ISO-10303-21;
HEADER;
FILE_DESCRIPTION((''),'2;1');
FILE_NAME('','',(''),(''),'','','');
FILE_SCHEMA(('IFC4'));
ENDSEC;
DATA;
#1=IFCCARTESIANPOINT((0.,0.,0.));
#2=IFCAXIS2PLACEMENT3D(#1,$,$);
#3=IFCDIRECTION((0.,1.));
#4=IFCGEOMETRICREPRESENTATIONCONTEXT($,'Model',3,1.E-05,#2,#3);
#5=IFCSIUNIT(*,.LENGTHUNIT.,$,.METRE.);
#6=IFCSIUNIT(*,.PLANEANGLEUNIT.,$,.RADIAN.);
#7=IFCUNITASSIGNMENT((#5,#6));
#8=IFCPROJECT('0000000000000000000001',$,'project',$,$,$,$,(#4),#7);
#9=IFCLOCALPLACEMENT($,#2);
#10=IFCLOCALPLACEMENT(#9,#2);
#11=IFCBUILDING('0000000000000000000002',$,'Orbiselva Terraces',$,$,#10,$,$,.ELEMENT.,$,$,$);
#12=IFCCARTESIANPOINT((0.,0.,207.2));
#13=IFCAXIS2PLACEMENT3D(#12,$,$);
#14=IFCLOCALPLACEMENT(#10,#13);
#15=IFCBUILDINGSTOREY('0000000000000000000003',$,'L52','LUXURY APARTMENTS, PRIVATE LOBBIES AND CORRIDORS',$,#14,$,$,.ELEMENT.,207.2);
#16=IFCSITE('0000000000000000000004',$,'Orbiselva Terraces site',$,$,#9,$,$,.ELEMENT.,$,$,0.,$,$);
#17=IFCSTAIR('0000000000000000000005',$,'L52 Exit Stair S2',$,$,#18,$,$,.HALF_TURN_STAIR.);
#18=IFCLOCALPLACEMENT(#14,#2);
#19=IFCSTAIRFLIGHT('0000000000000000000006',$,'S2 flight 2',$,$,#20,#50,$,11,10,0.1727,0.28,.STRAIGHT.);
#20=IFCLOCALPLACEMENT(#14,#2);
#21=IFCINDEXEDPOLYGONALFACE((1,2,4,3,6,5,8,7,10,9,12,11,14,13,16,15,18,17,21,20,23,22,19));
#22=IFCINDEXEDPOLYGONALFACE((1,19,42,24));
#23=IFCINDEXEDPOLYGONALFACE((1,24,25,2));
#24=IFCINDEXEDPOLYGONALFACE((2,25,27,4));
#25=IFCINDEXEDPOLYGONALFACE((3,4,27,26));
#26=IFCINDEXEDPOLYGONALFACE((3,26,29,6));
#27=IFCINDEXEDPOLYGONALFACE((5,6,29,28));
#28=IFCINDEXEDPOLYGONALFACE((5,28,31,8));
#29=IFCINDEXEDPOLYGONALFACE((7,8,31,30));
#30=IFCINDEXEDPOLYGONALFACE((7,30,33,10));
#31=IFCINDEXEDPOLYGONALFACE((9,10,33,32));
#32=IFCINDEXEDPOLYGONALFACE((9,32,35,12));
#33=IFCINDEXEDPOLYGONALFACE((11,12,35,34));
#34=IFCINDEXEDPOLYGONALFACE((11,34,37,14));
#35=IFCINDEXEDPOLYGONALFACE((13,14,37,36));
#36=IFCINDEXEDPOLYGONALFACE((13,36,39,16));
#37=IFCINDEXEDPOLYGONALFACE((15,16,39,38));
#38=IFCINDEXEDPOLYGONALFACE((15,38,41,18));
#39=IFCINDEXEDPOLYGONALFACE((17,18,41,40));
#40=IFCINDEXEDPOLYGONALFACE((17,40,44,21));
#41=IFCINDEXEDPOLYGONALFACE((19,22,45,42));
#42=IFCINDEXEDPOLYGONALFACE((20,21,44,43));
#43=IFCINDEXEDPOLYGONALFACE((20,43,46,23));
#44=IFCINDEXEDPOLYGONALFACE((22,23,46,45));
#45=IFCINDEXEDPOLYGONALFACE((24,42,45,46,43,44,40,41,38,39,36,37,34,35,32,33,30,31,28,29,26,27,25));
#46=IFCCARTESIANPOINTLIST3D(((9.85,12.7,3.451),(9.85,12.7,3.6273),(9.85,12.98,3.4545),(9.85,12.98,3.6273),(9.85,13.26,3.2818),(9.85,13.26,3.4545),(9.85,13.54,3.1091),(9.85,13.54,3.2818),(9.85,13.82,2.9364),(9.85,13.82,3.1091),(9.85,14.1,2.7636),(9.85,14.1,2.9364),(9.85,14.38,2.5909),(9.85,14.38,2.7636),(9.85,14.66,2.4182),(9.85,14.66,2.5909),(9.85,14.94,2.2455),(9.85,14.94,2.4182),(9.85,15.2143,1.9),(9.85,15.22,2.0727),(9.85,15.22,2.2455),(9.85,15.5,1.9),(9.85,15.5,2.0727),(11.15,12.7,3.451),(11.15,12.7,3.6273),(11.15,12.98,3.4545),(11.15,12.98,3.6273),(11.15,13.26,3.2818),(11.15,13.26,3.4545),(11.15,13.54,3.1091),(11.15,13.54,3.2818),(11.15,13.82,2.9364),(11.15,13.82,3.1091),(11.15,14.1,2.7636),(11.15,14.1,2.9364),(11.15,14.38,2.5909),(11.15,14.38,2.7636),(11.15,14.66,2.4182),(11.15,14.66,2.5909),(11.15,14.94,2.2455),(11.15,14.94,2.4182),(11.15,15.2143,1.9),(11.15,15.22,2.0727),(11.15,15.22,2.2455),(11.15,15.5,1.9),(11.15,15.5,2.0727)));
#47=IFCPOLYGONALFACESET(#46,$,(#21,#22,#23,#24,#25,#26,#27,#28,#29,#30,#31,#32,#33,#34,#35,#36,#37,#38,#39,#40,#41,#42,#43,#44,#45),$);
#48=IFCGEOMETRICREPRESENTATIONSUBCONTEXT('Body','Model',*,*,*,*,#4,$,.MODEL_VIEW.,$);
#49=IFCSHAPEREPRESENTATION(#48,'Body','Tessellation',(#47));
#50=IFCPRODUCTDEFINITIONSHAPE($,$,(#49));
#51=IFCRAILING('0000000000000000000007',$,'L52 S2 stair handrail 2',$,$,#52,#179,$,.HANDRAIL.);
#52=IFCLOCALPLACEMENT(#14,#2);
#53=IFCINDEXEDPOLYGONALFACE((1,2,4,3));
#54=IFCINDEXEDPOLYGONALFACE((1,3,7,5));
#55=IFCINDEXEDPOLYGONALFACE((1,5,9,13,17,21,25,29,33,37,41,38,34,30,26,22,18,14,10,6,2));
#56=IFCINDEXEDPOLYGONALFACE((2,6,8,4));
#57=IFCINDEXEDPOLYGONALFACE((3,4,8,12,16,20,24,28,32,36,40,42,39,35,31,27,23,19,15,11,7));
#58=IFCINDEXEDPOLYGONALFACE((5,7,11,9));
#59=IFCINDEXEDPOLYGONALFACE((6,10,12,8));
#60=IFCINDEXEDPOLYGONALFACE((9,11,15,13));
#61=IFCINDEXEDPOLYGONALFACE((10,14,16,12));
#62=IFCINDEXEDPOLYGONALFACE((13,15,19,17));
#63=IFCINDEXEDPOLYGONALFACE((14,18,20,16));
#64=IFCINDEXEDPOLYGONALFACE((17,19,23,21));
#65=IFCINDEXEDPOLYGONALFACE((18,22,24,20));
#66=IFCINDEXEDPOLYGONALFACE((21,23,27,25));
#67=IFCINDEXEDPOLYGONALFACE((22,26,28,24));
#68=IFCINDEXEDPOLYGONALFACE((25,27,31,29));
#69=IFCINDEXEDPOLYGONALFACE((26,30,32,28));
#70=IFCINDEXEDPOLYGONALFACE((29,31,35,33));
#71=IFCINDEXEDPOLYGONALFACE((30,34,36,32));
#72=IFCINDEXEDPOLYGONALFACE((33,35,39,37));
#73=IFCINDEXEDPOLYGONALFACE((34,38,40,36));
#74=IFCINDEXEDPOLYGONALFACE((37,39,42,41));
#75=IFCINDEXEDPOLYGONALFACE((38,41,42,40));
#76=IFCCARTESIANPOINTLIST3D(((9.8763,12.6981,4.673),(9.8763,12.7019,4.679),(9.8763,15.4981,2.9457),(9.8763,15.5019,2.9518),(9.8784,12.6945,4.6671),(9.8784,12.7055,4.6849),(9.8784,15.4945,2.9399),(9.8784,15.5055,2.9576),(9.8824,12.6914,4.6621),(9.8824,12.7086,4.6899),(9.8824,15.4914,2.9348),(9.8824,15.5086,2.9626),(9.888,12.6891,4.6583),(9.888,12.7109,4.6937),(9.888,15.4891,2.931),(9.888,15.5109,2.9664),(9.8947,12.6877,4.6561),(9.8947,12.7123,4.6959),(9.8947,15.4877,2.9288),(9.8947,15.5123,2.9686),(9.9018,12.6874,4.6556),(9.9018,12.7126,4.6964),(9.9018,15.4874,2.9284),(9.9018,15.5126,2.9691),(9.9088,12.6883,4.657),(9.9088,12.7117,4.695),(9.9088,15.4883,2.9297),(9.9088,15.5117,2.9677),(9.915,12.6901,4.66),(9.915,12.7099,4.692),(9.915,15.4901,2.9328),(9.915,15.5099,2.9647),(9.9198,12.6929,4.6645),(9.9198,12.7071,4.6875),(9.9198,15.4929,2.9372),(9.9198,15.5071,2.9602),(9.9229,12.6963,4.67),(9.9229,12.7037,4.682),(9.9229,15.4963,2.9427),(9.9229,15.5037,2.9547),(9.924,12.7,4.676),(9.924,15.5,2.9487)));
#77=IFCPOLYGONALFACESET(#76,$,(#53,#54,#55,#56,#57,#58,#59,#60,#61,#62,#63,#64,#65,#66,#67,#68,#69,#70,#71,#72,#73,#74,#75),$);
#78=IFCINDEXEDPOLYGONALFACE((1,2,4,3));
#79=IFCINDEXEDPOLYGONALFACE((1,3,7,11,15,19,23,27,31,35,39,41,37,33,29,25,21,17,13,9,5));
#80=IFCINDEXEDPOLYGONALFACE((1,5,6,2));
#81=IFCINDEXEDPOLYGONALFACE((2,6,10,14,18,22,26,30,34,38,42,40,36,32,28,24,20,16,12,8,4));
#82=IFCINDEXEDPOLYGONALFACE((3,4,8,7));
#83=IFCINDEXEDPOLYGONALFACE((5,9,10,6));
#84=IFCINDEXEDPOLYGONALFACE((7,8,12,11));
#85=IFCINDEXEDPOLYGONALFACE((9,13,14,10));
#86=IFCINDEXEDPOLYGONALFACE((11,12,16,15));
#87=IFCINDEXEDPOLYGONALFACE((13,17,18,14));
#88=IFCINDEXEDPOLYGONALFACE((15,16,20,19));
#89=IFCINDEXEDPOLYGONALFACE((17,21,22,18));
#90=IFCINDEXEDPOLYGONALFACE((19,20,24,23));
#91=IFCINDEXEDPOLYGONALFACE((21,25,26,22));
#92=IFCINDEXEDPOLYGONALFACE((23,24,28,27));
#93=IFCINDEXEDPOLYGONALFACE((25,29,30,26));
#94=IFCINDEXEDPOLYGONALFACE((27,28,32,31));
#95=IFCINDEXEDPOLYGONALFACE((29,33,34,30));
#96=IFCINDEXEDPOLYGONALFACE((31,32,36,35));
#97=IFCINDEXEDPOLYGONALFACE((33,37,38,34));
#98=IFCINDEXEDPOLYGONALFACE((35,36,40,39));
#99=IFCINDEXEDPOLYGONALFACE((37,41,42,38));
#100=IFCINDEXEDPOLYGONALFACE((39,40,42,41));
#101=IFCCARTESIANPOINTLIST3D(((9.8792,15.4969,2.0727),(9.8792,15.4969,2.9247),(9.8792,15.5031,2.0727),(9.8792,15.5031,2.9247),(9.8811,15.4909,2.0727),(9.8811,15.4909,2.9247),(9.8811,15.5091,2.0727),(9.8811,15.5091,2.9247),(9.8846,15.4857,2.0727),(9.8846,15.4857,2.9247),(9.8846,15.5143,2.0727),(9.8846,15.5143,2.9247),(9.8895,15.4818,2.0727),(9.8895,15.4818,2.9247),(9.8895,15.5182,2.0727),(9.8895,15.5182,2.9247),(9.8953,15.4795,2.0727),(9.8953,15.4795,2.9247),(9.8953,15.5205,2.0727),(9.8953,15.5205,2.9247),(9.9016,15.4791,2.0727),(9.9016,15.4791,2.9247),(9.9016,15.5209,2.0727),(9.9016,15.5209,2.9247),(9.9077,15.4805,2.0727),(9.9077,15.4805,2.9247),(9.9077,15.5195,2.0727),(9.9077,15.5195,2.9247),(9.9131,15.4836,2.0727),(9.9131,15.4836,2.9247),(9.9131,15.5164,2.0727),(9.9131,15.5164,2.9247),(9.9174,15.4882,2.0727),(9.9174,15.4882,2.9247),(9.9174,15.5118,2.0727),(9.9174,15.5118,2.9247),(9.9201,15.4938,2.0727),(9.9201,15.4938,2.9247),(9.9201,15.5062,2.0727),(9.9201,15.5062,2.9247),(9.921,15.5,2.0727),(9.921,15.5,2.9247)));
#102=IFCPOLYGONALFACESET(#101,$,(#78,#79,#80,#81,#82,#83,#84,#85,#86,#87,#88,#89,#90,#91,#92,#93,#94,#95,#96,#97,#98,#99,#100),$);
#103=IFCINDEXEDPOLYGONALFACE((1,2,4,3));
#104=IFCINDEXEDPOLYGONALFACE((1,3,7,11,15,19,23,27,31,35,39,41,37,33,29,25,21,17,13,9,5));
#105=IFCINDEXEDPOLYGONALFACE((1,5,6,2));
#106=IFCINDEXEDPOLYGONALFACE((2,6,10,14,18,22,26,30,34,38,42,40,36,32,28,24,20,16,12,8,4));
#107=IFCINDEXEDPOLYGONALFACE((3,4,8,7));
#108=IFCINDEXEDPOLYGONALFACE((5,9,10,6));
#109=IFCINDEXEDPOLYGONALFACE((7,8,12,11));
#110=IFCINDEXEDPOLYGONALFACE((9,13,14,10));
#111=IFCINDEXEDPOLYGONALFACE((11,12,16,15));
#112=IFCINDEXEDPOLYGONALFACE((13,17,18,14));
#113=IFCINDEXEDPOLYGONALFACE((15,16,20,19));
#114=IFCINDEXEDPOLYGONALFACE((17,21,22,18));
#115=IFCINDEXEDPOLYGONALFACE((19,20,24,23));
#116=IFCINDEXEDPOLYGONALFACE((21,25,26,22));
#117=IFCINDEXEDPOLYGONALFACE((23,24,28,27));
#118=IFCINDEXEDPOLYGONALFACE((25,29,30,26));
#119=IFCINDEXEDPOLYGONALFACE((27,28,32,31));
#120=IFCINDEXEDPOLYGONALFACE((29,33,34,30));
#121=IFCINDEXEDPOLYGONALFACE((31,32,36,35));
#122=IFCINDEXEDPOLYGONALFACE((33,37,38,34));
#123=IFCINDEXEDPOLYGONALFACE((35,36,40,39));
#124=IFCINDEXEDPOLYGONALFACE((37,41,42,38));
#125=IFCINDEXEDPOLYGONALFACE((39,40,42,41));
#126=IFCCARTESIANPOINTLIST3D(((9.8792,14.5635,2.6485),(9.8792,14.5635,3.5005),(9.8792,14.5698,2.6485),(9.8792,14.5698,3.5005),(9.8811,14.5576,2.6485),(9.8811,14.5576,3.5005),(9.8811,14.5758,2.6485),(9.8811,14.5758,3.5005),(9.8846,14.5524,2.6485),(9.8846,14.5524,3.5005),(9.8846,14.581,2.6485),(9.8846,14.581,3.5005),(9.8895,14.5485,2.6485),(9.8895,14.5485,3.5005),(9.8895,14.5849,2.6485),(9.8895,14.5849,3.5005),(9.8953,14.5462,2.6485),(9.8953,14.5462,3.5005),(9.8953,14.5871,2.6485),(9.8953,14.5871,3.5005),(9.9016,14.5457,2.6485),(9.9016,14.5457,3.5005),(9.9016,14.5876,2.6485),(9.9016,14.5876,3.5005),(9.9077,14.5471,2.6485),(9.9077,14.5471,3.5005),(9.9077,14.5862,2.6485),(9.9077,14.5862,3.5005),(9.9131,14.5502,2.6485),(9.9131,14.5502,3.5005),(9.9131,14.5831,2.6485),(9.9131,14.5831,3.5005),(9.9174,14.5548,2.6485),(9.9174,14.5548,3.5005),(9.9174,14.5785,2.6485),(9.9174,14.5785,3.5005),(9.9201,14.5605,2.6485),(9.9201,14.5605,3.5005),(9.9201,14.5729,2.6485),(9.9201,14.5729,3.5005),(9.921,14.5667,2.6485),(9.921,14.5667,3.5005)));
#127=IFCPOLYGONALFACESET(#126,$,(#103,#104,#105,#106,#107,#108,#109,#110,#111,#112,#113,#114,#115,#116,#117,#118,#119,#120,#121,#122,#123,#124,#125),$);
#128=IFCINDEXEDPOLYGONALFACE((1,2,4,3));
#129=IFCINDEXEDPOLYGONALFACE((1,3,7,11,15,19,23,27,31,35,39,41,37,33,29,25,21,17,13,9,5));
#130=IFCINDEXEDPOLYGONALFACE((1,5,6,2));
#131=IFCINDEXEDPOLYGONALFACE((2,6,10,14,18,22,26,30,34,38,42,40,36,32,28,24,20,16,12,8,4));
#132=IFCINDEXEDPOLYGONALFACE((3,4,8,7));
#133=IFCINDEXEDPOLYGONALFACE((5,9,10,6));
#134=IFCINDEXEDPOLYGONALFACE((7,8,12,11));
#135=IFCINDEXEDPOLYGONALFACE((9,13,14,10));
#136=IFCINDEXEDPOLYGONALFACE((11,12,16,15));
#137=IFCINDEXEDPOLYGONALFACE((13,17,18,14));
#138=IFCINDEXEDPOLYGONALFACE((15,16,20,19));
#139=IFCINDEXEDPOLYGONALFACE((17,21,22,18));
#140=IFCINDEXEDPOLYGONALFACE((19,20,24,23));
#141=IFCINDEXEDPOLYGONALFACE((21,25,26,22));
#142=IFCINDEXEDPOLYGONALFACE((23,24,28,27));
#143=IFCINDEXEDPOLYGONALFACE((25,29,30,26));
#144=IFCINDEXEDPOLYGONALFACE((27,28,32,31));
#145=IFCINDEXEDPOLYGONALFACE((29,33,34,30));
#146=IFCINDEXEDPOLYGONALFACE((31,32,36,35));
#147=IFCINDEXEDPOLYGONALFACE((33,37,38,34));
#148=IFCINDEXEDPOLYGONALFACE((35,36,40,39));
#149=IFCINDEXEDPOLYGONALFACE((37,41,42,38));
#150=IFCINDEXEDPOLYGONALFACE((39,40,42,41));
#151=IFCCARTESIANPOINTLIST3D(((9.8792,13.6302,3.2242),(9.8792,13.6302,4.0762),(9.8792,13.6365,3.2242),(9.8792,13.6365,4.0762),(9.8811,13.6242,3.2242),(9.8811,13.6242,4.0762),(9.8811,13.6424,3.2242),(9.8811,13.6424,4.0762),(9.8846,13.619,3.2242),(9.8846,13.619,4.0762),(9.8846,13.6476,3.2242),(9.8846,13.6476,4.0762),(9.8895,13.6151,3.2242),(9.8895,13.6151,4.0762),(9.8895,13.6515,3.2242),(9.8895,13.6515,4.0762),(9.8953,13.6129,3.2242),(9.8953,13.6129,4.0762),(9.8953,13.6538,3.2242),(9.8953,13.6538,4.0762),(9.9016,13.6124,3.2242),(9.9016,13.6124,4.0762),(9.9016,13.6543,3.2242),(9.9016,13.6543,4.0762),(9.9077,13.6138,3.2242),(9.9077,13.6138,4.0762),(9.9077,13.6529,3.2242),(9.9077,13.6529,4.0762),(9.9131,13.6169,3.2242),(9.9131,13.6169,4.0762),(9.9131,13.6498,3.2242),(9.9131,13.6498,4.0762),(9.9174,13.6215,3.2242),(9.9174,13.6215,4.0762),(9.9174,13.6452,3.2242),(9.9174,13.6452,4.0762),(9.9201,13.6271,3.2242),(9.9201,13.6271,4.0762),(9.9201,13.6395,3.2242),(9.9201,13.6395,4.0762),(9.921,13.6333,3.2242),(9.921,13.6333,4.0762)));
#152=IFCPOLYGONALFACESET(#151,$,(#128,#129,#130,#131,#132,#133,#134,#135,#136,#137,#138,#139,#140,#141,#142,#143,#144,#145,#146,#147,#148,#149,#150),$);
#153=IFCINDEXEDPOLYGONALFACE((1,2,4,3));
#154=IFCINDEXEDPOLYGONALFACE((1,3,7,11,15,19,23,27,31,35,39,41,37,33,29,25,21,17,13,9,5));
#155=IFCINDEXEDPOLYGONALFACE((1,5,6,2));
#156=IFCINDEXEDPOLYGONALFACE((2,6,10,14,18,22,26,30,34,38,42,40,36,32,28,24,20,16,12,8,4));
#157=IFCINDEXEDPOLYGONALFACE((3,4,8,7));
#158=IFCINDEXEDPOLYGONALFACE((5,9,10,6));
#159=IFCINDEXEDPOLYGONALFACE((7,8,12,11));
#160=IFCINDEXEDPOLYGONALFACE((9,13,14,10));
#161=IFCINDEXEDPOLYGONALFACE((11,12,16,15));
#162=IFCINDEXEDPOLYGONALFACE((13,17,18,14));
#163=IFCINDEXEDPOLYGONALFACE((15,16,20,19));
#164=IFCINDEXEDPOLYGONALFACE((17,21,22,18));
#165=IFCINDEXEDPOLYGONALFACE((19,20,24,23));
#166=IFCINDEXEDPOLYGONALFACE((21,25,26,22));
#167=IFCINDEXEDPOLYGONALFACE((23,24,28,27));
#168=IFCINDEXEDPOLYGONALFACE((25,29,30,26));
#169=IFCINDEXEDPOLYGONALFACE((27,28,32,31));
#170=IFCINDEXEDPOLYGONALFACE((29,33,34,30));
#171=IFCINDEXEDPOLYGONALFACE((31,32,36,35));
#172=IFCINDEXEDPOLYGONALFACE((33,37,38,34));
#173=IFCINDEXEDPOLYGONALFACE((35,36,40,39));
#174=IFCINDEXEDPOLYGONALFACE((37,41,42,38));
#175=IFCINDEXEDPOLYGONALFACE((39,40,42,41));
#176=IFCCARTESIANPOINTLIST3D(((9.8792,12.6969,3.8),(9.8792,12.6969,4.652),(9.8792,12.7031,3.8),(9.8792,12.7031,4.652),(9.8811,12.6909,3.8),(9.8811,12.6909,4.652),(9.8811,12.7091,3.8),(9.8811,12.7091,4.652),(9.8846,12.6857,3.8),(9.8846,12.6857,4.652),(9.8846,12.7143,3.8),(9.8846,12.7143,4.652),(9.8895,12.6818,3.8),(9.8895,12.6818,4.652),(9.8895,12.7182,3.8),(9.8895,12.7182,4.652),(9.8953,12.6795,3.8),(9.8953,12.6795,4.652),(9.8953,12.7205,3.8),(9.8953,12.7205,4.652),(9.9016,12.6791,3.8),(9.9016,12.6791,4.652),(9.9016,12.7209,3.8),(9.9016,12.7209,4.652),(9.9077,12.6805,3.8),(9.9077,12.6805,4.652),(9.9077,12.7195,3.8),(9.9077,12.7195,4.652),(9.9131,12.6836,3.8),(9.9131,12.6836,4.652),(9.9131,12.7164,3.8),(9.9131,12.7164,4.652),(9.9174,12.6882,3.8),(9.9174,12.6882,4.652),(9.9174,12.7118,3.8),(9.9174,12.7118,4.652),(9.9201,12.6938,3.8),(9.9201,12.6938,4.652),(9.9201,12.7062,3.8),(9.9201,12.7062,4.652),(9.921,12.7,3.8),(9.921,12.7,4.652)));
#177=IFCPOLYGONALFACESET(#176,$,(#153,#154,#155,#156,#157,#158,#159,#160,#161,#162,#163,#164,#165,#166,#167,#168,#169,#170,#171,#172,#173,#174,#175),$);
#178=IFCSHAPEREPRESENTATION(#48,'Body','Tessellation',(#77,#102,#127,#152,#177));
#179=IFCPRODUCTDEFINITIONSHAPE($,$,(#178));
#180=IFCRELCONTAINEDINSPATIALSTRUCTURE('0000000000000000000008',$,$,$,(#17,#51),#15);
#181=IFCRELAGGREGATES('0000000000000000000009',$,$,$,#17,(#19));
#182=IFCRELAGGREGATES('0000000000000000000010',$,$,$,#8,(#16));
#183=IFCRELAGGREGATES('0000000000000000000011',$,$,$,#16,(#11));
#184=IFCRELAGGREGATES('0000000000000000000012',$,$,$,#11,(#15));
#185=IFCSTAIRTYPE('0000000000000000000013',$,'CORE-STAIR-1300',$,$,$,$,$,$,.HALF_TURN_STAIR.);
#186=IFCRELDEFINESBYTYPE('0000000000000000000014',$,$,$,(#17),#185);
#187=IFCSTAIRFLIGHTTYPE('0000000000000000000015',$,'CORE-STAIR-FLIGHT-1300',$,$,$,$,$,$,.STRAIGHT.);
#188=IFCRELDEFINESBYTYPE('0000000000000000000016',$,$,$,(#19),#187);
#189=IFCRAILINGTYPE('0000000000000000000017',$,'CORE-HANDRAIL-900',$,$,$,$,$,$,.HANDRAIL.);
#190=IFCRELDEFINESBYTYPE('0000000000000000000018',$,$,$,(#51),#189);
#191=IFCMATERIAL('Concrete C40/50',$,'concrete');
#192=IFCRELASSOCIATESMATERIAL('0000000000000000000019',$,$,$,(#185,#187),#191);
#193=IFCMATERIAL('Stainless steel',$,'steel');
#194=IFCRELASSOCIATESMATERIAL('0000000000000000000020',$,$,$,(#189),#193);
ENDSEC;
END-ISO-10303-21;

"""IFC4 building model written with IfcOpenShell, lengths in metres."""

from ifc_helpers import new_model, si_unit, direction, frame, origin, origin_2d, place, context, subcontext, project, spatial, polyline, circle, outline, extrude, material, type_object, element, aggregate, save


model = new_model("IFC4")

# Units and contexts
model_context = context("Model", 3, precision=1e-05, world=origin(), true_north=direction((0.0, 1.0)))
body_context = subcontext(model_context, "Body", "Model", "MODEL_VIEW")
ifc_project = project(units=[si_unit("LENGTHUNIT", "METRE"), si_unit("PLANEANGLEUNIT", "RADIAN")], contexts=[model_context])

# Site, building, storey
site_placement = place(None, origin())
site = spatial("IfcSite", under=ifc_project, at=site_placement, Name="Orbiselva Terraces site", CompositionType="ELEMENT", RefElevation=0.0)
building_placement = place(site_placement, origin())
building = spatial("IfcBuilding", under=site, at=building_placement, Name="Orbiselva Terraces", CompositionType="ELEMENT")
storey_placement = place(building_placement, frame((0.0, 0.0, 207.2)))
storey = spatial("IfcBuildingStorey", under=building, at=storey_placement, Name="L52", Description="LUXURY APARTMENTS, PRIVATE LOBBIES AND CORRIDORS", CompositionType="ELEMENT", Elevation=207.2)

# Shared definitions
ifc_material_1 = material(Name="Concrete C40/50", Category="concrete")

# Stair, stair flight
stair_type = type_object("IfcStairType", Name="CORE-STAIR-1300", PredefinedType="HALF_TURN_STAIR", material=ifc_material_1)
stair_placement = place(storey_placement, origin())
stair = element("IfcStair", 1, at=stair_placement, inside=storey, type_object=stair_type, Name="L52 Exit Stair S2", PredefinedType="HALF_TURN_STAIR")
stair_flight_type = type_object("IfcStairFlightType", Name="CORE-STAIR-FLIGHT-1300", PredefinedType="STRAIGHT", material=ifc_material_1)
stair_flight_placement = place(storey_placement, frame((10.5, 15.5, 1.9), z_axis=(0.0, 0.0, 1.0), x_axis=(0.0, -1.0, 0.0)))
stair_flight = element("IfcStairFlight", 2, at=stair_flight_placement, type_object=stair_flight_type, Name="S2 flight 2", NumberOfRisers=11, NumberOfTreads=10, PredefinedType="STRAIGHT", RiserHeight=0.1727, TreadLength=0.28, context=body_context, shape_type="SweptSolid", body=[
    extrude(outline(polyline([(0.0, 0.0), (0.0, 0.1727), (0.28, 0.1727), (0.28, 0.3455), (0.56, 0.3455), (0.56, 0.5182), (0.84, 0.5182), (0.84, 0.6909), (1.12, 0.6909), (1.12, 0.8636), (1.4, 0.8636), (1.4, 1.0364), (1.68, 1.0364), (1.68, 1.2091), (1.96, 1.2091), (1.96, 1.3818), (2.24, 1.3818), (2.24, 1.5545), (2.52, 1.5545), (2.52, 1.7273), (2.8, 1.7273), (2.8, 1.9), (2.8, 1.551), (0.2857, 0.0), (0.0, 0.0)])), frame((0.0, 0.65, 0.0), z_axis=(0.0, -1.0, 0.0), x_axis=(1.0, 0.0, 0.0)), (0.0, 0.0, 1.0), 1.3),
])
aggregate(stair, [stair_flight])

# Railing
ifc_material_2 = material(Name="Stainless steel", Category="steel")
railing_type = type_object("IfcRailingType", Name="CORE-HANDRAIL-900", PredefinedType="HANDRAIL", material=ifc_material_2)
railing_placement = place(storey_placement, frame((9.9, 15.5, 2.0727)))
element("IfcRailing", 3, at=railing_placement, inside=storey, type_object=railing_type, Name="L52 S2 stair handrail 2", PredefinedType="HANDRAIL", context=body_context, shape_type="SweptSolid", body=[
    extrude(circle(Radius=0.024, at=origin_2d()), frame((0.0, 0.0, 0.876), z_axis=(0.0, -0.851089, 0.525022), x_axis=(1.0, 0.0, 0.0)), (0.0, 0.0, 1.0), 3.2899),
    extrude(circle(Radius=0.021, at=origin_2d()), origin(), (0.0, 0.0, 1.0), 0.852),
    extrude(circle(Radius=0.021, at=origin_2d()), frame((0.0, -0.9333, 0.5758)), (0.0, 0.0, 1.0), 0.852),
    extrude(circle(Radius=0.021, at=origin_2d()), frame((0.0, -1.8667, 1.1515)), (0.0, 0.0, 1.0), 0.852),
    extrude(circle(Radius=0.021, at=origin_2d()), frame((0.0, -2.8, 1.7273)), (0.0, 0.0, 1.0), 0.852),
])

save(model, "model.ifc")
